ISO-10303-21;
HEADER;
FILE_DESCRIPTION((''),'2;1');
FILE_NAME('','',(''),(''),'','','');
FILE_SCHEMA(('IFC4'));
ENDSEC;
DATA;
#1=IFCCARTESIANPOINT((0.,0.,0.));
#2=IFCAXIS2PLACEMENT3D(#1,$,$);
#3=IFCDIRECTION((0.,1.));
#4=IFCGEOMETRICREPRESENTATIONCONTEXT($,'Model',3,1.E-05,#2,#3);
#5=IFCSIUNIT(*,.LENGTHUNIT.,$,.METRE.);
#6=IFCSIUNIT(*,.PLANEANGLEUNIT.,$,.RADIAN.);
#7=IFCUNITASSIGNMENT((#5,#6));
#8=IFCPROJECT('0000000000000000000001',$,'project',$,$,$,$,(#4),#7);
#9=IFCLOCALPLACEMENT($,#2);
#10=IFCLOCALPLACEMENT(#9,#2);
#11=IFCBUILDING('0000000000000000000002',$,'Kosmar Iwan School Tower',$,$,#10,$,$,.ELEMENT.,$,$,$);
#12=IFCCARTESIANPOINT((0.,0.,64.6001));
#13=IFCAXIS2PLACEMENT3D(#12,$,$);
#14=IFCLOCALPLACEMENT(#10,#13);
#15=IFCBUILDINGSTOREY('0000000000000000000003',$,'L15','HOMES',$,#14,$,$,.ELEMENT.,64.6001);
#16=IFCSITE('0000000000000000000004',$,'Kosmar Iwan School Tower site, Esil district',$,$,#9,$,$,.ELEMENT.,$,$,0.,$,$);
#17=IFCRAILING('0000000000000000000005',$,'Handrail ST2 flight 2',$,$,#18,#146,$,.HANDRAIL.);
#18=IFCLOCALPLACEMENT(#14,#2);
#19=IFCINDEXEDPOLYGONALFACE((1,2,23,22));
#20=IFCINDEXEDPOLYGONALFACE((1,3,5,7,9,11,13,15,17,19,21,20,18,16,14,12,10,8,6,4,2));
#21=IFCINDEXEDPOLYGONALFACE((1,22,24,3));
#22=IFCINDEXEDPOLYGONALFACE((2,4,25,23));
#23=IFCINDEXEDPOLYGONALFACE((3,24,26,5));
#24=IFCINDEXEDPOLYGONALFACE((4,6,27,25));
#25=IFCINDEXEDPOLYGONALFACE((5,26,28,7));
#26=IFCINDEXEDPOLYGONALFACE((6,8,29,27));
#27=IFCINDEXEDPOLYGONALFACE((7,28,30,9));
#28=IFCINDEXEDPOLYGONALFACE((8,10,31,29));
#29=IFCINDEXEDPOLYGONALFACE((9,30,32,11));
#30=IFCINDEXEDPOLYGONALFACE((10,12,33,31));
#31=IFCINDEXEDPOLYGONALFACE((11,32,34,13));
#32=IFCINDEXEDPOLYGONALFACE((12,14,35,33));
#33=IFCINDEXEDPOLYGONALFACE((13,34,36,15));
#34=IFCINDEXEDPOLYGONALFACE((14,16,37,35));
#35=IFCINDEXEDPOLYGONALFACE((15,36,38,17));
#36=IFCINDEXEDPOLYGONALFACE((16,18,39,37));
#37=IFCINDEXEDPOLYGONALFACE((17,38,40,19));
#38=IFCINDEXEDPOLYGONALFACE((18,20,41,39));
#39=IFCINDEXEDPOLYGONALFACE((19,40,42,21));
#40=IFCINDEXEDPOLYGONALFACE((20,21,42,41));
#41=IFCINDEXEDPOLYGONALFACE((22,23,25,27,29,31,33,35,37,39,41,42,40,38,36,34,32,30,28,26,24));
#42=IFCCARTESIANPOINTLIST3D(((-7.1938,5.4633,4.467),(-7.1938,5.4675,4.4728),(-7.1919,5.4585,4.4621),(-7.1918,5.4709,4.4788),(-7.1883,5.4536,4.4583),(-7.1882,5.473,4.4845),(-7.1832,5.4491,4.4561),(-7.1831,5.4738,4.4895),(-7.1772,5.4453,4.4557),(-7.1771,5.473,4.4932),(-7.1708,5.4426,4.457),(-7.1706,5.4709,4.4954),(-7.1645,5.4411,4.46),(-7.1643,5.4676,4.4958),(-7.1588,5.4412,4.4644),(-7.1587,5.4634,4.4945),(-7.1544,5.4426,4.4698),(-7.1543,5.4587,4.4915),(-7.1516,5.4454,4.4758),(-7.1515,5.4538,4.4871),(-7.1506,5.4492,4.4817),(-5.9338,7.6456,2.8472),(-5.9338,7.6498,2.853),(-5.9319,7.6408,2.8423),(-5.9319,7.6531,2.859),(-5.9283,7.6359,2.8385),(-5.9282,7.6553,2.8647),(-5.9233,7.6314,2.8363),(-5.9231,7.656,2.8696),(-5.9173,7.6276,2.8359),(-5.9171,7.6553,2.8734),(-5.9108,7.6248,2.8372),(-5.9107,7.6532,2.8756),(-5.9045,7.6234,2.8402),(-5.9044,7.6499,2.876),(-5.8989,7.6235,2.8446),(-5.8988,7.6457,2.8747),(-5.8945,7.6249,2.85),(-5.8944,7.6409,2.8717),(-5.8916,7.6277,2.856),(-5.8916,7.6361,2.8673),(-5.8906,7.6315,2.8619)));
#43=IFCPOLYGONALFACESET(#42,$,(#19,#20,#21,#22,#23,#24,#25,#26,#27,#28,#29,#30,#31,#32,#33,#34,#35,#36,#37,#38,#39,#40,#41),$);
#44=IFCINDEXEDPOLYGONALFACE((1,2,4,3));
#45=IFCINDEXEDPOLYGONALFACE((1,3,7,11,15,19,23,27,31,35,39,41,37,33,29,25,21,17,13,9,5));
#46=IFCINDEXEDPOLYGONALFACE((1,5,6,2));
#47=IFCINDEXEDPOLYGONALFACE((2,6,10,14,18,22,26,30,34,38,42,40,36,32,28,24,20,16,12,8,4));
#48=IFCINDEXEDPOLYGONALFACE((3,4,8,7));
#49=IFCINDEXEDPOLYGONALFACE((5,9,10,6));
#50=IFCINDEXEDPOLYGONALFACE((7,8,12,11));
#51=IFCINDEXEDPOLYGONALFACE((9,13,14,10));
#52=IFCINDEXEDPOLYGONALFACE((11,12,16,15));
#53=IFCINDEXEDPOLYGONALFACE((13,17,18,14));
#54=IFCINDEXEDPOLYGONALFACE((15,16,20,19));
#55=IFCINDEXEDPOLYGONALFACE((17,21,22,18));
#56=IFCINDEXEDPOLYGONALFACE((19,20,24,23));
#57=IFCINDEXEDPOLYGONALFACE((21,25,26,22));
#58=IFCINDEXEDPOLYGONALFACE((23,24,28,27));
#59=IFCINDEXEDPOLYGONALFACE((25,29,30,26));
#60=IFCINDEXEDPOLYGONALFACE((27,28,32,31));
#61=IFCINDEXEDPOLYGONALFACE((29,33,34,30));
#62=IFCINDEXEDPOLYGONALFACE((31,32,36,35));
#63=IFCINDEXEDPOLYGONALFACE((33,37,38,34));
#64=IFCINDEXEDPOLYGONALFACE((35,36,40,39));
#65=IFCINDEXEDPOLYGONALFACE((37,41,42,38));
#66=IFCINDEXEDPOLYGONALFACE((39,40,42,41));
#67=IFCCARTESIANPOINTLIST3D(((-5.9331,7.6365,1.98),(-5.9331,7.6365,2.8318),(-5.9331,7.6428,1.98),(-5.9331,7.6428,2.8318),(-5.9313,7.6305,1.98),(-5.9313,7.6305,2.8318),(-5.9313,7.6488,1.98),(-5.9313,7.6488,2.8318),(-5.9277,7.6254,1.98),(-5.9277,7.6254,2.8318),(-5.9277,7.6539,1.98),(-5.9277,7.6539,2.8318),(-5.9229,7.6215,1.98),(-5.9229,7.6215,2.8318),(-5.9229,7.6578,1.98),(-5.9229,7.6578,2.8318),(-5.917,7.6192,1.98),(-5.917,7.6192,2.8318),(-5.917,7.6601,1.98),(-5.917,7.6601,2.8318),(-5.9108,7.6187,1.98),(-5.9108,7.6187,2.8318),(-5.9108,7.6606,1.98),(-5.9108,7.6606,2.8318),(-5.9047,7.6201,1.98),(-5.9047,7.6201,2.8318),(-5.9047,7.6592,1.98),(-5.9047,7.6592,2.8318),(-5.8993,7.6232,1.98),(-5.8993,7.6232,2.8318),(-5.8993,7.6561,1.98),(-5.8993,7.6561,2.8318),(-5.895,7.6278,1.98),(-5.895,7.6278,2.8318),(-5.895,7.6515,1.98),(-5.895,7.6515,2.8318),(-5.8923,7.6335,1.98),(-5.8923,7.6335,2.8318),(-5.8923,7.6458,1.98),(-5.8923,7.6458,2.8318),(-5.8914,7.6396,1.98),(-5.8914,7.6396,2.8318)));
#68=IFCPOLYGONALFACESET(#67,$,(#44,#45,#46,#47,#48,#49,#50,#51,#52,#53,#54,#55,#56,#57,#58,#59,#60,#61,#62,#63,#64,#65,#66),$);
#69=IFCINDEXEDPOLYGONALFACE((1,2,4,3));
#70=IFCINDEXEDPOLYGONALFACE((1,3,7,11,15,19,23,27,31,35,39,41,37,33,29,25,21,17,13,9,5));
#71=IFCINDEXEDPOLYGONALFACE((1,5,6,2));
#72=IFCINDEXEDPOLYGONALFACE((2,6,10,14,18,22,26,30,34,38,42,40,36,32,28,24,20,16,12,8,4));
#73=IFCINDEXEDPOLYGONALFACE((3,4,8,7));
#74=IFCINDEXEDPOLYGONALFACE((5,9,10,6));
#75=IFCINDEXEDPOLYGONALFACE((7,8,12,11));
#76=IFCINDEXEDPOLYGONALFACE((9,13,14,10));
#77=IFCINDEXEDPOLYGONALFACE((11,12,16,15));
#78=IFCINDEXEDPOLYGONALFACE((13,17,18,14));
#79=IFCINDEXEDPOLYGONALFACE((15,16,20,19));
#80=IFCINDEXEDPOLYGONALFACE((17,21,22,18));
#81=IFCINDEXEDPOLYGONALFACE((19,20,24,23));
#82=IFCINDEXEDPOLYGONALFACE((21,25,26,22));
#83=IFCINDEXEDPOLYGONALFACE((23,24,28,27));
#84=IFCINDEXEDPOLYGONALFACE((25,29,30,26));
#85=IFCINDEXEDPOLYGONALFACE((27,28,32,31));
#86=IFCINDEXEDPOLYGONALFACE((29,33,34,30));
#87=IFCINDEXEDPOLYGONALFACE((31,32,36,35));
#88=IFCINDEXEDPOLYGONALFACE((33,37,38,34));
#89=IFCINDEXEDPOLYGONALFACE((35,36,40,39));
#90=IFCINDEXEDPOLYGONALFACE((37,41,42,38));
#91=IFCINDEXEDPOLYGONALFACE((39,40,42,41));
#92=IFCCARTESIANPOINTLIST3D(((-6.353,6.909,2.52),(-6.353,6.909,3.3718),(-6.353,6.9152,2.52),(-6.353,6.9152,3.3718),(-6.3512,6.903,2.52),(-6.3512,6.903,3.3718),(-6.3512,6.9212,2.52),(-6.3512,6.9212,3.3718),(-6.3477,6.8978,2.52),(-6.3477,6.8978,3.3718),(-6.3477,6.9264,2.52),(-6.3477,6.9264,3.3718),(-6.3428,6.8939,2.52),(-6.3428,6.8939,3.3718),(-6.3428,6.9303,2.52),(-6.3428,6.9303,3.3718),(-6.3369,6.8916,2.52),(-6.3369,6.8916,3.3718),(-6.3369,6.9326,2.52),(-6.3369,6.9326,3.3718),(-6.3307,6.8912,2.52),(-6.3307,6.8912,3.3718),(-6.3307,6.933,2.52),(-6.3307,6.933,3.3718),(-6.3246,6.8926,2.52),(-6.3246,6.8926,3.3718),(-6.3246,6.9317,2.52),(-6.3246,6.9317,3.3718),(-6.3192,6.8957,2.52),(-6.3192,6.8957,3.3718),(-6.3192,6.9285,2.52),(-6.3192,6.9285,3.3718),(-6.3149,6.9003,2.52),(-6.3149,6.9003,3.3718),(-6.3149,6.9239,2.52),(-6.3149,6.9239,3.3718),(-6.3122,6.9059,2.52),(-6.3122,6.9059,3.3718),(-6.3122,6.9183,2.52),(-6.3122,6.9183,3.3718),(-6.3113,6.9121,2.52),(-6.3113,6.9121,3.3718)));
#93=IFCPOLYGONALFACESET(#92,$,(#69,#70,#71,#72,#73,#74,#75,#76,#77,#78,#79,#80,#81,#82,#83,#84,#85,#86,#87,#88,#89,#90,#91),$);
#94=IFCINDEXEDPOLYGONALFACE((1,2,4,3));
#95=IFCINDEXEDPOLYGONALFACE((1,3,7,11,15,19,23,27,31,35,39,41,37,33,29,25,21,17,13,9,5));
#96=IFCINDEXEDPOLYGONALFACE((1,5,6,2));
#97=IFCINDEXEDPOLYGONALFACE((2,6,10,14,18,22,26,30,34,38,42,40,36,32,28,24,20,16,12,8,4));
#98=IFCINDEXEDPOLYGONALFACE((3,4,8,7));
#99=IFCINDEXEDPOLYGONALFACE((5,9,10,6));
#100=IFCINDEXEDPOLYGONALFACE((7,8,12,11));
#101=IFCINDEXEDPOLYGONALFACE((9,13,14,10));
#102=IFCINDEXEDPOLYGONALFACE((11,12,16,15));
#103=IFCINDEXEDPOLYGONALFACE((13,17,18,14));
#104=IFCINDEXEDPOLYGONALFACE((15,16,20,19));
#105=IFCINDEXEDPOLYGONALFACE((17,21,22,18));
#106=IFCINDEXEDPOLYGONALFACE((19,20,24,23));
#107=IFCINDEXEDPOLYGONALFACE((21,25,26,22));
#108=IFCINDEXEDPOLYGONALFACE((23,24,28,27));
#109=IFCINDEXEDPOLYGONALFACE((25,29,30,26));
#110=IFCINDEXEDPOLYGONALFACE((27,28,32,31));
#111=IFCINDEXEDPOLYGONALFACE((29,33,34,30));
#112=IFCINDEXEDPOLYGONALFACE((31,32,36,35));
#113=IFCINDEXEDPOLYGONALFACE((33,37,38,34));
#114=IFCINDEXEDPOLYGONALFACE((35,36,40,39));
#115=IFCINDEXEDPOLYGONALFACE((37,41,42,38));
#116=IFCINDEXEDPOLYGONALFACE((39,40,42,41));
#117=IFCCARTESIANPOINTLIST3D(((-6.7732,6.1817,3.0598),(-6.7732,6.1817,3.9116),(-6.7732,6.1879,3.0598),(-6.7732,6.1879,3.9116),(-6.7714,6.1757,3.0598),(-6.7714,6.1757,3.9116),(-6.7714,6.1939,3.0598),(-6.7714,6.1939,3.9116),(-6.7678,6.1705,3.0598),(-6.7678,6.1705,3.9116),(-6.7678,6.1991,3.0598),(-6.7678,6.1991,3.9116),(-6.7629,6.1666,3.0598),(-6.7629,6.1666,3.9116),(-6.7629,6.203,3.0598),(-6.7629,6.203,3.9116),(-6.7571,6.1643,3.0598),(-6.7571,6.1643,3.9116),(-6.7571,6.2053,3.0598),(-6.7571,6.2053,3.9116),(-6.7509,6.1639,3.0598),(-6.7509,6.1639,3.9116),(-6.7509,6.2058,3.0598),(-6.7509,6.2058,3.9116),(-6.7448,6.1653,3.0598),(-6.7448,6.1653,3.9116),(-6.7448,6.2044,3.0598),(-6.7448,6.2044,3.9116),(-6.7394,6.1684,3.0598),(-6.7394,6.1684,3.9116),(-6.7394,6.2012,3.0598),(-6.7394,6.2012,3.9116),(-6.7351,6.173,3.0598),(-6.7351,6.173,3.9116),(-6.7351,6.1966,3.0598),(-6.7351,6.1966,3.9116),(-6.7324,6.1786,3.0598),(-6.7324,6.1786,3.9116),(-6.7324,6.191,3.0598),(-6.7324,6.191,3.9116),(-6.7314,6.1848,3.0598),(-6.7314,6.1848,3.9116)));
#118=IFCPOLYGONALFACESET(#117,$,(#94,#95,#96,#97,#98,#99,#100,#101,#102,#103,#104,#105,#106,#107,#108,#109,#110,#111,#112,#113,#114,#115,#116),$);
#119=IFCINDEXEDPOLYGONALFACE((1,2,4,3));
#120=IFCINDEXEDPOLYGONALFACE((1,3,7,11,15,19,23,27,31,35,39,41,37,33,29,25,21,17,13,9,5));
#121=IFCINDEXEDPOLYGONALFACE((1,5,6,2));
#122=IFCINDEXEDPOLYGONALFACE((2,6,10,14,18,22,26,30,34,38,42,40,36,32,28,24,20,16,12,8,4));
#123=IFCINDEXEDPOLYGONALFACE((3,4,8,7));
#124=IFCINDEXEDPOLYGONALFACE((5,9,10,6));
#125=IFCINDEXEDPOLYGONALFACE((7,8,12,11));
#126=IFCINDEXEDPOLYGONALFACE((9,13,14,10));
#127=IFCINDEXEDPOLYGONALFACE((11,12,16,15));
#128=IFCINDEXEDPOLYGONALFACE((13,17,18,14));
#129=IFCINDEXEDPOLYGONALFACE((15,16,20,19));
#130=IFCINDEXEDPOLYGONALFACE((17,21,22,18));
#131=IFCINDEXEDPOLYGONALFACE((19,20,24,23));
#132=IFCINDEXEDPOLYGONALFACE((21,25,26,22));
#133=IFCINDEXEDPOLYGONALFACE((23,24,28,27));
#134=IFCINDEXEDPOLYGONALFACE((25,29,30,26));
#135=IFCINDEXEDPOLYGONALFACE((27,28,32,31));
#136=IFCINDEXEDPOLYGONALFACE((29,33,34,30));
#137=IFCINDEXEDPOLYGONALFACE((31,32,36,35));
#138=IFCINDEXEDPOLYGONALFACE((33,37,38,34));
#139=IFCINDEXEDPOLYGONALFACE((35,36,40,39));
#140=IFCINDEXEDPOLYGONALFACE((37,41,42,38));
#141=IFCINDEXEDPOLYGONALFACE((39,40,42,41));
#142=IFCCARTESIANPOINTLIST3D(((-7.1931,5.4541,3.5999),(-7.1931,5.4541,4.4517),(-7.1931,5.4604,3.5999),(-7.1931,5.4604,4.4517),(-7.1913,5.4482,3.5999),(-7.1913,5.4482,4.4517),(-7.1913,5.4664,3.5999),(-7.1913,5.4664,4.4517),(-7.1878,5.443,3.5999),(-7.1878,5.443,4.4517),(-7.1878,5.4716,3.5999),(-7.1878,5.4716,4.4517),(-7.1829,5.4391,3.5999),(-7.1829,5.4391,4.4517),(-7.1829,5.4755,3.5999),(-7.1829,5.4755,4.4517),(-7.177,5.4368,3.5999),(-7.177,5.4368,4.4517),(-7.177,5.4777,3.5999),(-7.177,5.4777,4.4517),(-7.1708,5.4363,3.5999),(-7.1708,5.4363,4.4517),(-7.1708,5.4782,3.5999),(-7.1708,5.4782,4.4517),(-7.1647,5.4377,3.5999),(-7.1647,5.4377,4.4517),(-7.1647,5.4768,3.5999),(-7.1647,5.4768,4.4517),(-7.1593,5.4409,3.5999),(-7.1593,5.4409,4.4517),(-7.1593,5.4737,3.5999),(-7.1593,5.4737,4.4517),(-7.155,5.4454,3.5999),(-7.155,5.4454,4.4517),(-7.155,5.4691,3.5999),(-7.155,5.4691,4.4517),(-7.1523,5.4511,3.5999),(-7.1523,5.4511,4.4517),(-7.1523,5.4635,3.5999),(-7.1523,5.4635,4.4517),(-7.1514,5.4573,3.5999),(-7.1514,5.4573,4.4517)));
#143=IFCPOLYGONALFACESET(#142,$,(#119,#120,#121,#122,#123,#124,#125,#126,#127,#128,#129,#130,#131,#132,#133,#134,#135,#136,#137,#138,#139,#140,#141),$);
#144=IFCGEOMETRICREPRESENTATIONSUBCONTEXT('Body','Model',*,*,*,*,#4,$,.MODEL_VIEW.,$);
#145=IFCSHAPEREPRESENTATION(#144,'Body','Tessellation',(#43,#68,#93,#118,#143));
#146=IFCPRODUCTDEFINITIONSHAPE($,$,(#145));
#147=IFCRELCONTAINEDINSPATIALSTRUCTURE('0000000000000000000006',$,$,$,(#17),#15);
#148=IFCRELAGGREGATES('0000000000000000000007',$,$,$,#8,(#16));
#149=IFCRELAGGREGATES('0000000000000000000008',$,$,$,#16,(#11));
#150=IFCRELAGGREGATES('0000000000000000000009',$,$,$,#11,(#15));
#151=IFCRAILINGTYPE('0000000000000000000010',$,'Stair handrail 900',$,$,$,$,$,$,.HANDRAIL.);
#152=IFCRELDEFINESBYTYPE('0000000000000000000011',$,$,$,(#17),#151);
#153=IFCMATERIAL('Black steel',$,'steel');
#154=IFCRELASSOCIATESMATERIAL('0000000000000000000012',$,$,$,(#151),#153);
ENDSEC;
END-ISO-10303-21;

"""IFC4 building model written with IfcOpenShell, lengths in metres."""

from ifc_helpers import new_model, si_unit, direction, frame, origin, origin_2d, place, context, subcontext, project, spatial, circle, extrude, material, type_object, element, save


model = new_model("IFC4")

# Units and contexts
model_context = context("Model", 3, precision=1e-05, world=origin(), true_north=direction((0.0, 1.0)))
body_context = subcontext(model_context, "Body", "Model", "MODEL_VIEW")
ifc_project = project(units=[si_unit("LENGTHUNIT", "METRE"), si_unit("PLANEANGLEUNIT", "RADIAN")], contexts=[model_context])

# Site, building, storey
site_placement = place(None, origin())
site = spatial("IfcSite", under=ifc_project, at=site_placement, Name="Kosmar Iwan School Tower site, Esil district", CompositionType="ELEMENT", RefElevation=0.0)
building_placement = place(site_placement, origin())
building = spatial("IfcBuilding", under=site, at=building_placement, Name="Kosmar Iwan School Tower", CompositionType="ELEMENT")
storey_placement = place(building_placement, frame((0.0, 0.0, 64.6001)))
storey = spatial("IfcBuildingStorey", under=building, at=storey_placement, Name="L15", Description="HOMES", CompositionType="ELEMENT", Elevation=64.6001)

# Railing
ifc_material_1 = material(Name="Black steel", Category="steel")
railing_type = type_object("IfcRailingType", Name="Stair handrail 900", PredefinedType="HANDRAIL", material=ifc_material_1)
railing_placement = place(storey_placement, frame((-5.9124, 7.6396, 1.98)))
element("IfcRailing", 1, at=railing_placement, inside=storey, type_object=railing_type, Name="Handrail ST2 flight 2", PredefinedType="HANDRAIL", context=body_context, shape_type="SweptSolid", body=[
    extrude(circle(Radius=0.0239, at=origin_2d()), frame((0.0, 0.0, 0.876), z_axis=(-0.420603, -0.728496, 0.540728), x_axis=(0.866023, -0.500005, 0.0)), (0.0, 0.0, 1.0), 2.9956),
    extrude(circle(Radius=0.021, at=origin_2d()), origin(), (0.0, 0.0, 1.0), 0.8518),
    extrude(circle(Radius=0.021, at=origin_2d()), frame((-0.4199, -0.7275, 0.54)), (0.0, 0.0, 1.0), 0.8518),
    extrude(circle(Radius=0.021, at=origin_2d()), frame((-0.8401, -1.4548, 1.0798)), (0.0, 0.0, 1.0), 0.8518),
    extrude(circle(Radius=0.021, at=origin_2d()), frame((-1.26, -2.1824, 1.6199)), (0.0, 0.0, 1.0), 0.8518),
])

save(model, "model.ifc")
